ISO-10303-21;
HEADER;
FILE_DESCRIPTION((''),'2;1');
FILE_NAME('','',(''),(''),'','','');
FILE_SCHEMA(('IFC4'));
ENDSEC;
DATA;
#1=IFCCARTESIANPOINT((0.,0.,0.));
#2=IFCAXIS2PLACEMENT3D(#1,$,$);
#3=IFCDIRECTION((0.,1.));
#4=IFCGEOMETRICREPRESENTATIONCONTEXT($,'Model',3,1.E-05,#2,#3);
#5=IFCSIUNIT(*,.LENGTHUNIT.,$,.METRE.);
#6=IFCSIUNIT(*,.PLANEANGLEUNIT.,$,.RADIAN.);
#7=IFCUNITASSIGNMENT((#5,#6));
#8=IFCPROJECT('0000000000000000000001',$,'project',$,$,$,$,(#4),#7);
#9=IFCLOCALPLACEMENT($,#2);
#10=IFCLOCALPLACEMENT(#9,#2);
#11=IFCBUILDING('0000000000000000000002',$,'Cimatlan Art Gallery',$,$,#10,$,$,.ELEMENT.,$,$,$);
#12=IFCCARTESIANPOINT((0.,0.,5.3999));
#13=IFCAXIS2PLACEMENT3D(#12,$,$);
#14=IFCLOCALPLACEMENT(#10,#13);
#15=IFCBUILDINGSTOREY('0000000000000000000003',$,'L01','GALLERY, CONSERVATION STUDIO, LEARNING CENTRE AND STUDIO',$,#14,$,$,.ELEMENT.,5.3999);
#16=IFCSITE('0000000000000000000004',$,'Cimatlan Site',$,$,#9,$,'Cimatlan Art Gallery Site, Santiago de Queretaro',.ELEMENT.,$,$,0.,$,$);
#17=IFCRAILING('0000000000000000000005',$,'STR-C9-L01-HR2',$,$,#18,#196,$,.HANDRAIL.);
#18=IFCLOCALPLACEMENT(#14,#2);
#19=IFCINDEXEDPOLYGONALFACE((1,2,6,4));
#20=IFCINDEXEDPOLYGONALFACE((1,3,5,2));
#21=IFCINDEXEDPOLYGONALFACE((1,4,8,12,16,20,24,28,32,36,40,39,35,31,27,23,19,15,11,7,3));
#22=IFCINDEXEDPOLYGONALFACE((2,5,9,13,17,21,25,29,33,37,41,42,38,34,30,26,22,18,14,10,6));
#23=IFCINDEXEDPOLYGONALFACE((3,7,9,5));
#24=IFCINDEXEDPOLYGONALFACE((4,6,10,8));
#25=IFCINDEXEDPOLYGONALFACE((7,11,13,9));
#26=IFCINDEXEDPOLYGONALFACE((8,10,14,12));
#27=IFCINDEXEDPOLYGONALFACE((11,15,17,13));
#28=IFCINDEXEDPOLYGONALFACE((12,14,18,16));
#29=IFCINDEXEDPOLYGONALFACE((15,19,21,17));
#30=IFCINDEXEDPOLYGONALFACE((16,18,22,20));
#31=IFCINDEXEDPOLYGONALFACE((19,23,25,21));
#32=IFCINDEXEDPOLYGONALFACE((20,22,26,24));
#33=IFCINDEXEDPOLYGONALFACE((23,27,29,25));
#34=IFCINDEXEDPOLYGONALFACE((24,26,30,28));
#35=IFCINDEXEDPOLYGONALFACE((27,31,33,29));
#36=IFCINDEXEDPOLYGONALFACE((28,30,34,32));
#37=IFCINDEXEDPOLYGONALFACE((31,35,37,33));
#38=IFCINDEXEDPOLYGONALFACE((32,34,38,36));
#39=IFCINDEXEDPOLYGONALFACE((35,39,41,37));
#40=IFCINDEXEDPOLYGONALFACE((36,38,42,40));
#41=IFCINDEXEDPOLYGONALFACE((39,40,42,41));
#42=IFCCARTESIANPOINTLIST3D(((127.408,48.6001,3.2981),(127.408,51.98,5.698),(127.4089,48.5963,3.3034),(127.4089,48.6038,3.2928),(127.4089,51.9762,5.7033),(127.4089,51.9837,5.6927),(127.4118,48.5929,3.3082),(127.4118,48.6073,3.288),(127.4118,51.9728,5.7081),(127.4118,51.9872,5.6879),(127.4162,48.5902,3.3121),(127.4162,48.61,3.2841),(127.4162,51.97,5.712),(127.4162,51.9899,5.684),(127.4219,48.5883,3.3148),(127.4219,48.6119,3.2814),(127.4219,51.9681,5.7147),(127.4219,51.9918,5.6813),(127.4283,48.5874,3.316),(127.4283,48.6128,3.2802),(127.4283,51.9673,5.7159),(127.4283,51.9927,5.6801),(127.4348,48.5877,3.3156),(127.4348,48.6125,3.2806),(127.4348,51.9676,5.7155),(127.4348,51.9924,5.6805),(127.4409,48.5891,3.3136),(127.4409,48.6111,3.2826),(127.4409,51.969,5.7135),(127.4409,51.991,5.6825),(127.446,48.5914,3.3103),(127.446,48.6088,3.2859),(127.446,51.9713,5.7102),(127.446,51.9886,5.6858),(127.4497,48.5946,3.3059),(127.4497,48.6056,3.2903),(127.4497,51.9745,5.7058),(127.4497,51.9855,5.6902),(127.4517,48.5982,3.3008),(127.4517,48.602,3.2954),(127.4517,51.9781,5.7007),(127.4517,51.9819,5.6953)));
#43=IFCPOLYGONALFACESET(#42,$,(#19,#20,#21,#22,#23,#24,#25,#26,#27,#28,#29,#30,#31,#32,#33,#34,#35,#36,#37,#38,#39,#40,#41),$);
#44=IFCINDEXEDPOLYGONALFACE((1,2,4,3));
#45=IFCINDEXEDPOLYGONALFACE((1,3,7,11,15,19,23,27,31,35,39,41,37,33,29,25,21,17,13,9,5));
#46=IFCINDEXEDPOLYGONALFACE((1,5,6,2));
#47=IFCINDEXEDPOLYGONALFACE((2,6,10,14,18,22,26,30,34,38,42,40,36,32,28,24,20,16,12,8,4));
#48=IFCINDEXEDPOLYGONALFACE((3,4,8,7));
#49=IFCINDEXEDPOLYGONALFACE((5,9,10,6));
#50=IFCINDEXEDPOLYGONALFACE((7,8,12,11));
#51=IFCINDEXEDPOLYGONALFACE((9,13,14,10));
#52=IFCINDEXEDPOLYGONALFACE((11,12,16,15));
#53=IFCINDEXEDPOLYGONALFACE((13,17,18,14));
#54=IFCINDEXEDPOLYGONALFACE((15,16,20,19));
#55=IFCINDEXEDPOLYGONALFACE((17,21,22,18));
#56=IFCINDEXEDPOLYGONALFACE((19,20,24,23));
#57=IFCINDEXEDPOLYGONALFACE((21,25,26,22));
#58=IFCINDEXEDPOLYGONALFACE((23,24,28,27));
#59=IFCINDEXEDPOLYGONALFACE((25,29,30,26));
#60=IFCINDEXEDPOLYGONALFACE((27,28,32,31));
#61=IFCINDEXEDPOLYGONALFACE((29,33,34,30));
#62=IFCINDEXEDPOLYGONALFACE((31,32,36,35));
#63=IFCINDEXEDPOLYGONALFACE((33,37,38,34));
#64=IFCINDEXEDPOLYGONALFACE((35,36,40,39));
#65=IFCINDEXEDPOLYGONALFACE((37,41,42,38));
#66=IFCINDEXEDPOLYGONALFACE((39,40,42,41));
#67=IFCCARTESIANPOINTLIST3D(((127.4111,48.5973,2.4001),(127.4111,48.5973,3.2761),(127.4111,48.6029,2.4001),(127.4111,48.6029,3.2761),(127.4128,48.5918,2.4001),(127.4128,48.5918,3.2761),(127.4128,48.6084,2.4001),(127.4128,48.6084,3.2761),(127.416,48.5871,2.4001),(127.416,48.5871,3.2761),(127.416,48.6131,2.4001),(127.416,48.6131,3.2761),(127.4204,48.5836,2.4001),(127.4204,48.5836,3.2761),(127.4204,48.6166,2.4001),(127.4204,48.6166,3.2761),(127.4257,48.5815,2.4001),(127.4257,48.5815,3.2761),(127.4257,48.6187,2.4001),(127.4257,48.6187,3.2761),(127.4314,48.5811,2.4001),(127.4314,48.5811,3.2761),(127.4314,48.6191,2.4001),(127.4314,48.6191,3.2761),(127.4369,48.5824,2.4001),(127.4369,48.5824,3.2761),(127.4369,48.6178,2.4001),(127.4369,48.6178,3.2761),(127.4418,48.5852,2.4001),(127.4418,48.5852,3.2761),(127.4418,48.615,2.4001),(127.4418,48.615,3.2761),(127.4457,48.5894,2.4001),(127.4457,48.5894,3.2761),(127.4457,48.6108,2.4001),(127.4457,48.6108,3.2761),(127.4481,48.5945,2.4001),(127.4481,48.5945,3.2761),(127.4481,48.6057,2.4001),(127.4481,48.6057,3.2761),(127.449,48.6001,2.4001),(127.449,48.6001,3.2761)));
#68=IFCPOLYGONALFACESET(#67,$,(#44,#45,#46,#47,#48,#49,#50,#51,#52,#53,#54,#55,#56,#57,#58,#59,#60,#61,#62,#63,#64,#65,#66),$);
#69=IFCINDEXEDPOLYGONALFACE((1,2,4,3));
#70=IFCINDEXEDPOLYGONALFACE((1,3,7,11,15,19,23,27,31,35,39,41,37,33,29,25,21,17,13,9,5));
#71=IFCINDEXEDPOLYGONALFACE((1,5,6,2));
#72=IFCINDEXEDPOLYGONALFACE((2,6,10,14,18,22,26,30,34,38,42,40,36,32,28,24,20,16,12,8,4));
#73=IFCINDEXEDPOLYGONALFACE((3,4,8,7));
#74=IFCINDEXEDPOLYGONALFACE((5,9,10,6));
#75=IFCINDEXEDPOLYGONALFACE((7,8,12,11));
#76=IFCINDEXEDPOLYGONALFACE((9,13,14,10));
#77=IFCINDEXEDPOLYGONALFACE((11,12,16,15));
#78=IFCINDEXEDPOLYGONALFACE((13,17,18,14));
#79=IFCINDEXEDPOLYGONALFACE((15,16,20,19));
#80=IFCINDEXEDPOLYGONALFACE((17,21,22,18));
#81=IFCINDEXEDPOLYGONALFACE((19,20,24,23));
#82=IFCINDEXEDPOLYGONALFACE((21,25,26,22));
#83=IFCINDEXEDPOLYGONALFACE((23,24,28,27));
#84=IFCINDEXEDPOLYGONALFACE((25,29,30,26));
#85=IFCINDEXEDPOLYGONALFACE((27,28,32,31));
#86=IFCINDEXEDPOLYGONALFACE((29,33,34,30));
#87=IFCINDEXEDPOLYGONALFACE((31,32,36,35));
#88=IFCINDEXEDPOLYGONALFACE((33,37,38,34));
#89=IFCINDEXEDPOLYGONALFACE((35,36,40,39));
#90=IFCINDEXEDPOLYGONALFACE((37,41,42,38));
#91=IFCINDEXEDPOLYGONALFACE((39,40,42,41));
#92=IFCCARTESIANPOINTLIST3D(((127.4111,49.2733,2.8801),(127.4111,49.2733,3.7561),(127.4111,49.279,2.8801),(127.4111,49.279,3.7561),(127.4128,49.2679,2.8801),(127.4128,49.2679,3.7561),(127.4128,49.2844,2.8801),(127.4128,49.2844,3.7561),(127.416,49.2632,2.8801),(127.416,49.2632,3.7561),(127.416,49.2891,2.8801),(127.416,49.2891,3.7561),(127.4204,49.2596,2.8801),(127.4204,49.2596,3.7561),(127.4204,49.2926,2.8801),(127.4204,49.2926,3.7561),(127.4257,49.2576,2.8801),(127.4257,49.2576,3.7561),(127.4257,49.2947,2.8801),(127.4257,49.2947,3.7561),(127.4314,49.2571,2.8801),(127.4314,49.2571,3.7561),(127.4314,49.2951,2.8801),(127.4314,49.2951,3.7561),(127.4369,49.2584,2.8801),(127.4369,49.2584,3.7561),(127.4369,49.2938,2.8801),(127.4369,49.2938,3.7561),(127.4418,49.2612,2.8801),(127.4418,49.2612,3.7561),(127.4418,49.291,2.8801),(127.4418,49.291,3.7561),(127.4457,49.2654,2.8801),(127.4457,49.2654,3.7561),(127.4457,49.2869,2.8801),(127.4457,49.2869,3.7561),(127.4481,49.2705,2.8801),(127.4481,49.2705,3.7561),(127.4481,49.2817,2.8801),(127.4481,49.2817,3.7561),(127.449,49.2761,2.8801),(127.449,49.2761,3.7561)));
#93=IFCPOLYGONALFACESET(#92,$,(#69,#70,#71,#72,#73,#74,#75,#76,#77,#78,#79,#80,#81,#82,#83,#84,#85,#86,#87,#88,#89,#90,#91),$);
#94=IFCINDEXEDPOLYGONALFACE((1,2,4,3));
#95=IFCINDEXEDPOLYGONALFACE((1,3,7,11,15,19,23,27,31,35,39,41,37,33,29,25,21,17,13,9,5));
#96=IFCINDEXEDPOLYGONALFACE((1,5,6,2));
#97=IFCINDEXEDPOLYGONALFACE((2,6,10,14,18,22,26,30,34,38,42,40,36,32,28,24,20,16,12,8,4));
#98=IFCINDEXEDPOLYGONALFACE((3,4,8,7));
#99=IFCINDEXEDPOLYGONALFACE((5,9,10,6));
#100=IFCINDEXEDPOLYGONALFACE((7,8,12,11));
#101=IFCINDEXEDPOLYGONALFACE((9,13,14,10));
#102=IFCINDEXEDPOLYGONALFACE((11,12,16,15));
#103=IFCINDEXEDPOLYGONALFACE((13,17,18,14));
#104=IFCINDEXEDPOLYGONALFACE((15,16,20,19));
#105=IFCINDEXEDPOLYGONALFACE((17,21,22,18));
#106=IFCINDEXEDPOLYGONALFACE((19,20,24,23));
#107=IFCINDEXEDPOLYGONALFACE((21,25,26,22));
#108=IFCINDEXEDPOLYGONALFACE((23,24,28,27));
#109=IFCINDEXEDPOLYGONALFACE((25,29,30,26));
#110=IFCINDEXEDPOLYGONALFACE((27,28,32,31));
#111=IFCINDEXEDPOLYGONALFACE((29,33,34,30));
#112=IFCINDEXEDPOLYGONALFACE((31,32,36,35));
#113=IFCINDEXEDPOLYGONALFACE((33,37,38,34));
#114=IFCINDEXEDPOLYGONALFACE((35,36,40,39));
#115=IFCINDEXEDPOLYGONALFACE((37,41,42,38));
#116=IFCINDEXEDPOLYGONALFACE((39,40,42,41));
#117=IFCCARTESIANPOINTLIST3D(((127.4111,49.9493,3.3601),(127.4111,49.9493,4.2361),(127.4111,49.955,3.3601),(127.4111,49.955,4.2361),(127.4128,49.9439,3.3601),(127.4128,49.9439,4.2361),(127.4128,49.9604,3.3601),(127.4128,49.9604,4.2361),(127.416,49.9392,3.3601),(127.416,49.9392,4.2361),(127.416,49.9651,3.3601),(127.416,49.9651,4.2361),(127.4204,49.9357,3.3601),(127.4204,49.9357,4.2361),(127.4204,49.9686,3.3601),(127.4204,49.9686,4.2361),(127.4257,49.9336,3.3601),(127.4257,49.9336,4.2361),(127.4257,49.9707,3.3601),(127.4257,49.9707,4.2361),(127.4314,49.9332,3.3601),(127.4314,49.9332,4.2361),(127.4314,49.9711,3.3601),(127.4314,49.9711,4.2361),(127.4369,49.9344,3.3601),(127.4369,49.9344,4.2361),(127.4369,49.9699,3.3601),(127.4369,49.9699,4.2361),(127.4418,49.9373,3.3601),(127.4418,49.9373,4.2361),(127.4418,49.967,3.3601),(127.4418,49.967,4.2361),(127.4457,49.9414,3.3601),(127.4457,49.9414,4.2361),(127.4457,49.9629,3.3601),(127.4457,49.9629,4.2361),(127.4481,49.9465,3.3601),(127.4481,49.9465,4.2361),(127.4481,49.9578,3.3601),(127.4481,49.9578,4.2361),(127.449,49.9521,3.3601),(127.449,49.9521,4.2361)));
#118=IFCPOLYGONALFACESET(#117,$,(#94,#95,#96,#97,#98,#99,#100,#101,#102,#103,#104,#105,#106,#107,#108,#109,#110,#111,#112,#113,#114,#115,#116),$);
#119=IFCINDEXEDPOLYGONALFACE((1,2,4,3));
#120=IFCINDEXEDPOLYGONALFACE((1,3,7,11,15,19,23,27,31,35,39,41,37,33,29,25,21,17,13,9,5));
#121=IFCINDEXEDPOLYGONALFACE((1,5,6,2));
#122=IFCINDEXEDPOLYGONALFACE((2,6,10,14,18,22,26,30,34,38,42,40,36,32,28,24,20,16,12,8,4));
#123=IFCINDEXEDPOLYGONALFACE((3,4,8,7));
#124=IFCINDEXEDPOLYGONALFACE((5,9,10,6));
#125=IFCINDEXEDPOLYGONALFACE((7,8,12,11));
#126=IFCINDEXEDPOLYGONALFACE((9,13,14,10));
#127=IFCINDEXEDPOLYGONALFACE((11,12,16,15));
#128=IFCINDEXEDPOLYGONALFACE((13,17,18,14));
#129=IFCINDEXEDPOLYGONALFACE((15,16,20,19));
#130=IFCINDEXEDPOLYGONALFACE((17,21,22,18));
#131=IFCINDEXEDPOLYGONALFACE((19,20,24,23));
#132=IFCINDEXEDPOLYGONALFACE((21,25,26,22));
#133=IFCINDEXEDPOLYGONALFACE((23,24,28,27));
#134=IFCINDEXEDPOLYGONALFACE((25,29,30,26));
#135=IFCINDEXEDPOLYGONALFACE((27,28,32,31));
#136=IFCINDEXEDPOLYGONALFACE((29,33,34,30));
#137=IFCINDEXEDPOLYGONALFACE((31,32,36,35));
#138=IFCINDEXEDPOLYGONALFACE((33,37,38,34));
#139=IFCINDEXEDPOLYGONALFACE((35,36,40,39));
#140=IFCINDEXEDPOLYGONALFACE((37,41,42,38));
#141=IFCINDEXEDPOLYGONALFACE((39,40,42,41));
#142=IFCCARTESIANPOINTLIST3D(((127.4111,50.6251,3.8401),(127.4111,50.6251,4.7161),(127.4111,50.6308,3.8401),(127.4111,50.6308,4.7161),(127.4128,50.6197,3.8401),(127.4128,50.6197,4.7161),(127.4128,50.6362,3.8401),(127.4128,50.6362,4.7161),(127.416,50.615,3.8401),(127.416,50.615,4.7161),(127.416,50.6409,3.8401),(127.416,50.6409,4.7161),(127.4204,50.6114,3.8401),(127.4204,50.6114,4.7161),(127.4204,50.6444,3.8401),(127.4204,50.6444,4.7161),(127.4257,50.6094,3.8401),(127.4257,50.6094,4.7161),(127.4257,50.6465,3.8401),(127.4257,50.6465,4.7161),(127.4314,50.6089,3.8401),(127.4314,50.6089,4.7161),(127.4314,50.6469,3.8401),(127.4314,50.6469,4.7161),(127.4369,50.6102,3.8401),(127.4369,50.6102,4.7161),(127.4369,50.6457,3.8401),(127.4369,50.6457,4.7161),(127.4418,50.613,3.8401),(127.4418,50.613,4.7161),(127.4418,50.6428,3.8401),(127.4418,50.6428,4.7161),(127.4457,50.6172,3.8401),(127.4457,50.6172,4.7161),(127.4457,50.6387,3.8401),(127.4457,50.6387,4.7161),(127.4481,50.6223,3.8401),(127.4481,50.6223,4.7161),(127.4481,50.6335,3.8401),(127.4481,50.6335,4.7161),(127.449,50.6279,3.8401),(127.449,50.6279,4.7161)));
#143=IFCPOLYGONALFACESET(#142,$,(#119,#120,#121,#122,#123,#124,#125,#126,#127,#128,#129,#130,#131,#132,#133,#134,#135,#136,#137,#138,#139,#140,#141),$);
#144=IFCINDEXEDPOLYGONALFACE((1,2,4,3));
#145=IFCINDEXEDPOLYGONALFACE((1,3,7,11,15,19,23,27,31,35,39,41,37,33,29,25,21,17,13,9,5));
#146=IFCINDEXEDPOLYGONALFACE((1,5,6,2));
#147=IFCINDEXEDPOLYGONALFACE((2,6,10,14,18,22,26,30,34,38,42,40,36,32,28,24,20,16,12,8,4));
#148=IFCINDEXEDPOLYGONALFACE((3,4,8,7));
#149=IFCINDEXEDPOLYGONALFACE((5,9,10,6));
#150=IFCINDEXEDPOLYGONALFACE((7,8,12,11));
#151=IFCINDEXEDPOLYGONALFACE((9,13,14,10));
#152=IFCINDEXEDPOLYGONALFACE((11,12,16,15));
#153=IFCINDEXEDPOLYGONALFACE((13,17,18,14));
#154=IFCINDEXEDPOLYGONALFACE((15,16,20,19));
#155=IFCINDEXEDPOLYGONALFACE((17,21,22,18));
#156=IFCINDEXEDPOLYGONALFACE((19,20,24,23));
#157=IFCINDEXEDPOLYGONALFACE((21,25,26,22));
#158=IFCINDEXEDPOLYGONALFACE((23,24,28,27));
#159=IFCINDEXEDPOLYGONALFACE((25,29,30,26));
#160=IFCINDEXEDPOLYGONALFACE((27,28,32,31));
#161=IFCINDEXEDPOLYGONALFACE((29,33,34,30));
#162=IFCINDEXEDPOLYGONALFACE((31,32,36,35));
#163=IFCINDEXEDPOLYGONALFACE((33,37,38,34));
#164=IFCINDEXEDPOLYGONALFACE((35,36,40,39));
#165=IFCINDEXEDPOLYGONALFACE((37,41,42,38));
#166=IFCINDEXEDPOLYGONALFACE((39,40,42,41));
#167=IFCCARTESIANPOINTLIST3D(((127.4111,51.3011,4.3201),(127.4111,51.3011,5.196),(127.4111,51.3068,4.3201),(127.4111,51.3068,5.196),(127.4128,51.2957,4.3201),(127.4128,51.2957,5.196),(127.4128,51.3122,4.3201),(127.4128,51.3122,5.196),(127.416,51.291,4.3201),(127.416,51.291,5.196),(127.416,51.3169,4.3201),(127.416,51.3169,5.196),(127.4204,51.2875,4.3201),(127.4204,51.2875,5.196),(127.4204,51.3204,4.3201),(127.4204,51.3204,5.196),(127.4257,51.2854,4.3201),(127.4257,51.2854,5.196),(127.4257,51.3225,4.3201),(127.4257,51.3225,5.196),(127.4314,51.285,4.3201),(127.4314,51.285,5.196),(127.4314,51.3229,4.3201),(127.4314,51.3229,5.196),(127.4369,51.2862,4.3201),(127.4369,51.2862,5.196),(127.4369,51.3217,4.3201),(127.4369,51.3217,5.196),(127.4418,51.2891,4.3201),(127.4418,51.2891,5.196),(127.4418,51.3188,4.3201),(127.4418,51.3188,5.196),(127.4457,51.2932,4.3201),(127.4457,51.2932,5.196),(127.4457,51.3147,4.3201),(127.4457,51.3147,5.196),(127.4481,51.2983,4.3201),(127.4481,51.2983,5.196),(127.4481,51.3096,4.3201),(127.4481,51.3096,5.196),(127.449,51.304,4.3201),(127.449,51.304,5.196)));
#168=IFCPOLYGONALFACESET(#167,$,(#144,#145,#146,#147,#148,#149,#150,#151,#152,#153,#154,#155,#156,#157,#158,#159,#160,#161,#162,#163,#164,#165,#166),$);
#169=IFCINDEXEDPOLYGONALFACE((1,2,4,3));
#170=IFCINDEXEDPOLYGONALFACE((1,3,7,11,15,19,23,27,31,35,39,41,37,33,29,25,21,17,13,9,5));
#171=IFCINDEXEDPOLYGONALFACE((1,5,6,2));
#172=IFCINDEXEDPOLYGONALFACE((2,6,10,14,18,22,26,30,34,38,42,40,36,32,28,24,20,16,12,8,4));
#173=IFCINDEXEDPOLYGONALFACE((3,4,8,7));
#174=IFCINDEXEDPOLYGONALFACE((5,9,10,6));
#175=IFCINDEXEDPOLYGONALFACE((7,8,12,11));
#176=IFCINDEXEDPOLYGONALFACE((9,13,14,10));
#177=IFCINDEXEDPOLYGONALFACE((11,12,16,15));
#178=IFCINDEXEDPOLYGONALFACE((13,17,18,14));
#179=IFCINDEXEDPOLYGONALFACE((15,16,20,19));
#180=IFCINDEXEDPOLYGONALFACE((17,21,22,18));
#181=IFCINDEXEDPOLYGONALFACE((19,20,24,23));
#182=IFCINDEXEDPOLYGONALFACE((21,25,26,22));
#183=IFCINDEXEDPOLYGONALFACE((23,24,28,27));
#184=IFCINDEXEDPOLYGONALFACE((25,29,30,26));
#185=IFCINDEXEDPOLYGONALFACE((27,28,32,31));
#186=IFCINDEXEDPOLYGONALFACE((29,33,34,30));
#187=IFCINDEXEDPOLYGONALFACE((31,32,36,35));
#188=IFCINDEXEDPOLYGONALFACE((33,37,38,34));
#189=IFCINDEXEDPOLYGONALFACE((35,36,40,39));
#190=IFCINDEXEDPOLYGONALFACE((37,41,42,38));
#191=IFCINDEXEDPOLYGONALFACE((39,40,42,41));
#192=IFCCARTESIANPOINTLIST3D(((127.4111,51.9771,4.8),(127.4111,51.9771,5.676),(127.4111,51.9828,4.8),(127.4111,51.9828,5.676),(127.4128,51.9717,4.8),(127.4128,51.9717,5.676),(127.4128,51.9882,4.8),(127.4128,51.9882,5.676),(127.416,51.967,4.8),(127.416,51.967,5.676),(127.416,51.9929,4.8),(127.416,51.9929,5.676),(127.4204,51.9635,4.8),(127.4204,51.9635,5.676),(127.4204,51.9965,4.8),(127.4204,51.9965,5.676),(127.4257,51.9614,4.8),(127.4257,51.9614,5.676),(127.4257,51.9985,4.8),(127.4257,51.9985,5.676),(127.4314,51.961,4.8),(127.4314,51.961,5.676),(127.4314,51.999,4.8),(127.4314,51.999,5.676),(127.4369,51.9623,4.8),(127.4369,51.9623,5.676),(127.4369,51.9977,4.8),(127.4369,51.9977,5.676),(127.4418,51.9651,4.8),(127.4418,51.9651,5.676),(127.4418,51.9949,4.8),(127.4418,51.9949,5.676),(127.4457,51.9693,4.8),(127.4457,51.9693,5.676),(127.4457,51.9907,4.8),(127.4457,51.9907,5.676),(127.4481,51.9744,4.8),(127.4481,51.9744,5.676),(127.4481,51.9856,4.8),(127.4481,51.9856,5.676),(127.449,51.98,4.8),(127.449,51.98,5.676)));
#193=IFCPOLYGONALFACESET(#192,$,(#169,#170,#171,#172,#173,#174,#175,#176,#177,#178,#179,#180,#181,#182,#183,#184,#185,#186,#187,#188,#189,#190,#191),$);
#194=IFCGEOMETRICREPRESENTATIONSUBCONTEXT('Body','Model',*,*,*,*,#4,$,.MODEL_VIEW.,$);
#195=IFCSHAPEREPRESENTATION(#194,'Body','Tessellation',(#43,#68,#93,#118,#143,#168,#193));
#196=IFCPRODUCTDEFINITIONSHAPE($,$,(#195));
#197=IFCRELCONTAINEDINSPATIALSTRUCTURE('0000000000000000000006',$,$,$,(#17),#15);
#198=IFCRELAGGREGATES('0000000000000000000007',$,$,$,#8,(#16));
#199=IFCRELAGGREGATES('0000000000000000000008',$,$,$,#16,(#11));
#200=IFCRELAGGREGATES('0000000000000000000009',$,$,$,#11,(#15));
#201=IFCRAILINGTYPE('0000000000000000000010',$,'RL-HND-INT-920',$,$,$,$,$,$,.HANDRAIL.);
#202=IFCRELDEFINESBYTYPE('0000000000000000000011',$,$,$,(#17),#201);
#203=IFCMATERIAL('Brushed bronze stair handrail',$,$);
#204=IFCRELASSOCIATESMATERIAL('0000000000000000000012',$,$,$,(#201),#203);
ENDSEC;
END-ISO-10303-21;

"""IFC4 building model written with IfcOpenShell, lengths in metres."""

from ifc_helpers import new_model, si_unit, direction, frame, origin, origin_2d, place, context, subcontext, project, spatial, circle, extrude, material, type_object, element, save


model = new_model("IFC4")

# Units and contexts
model_context = context("Model", 3, precision=1e-05, world=origin(), true_north=direction((0.0, 1.0)))
body_context = subcontext(model_context, "Body", "Model", "MODEL_VIEW")
ifc_project = project(units=[si_unit("LENGTHUNIT", "METRE"), si_unit("PLANEANGLEUNIT", "RADIAN")], contexts=[model_context])

# Site, building, storey
site_placement = place(None, origin())
site = spatial("IfcSite", under=ifc_project, at=site_placement, Name="Cimatlan Site", LongName="Cimatlan Art Gallery Site, Santiago de Queretaro", CompositionType="ELEMENT", RefElevation=0.0)
building_placement = place(site_placement, origin())
building = spatial("IfcBuilding", under=site, at=building_placement, Name="Cimatlan Art Gallery", CompositionType="ELEMENT")
storey_placement = place(building_placement, frame((0.0, 0.0, 5.3999)))
storey = spatial("IfcBuildingStorey", under=building, at=storey_placement, Name="L01", Description="GALLERY, CONSERVATION STUDIO, LEARNING CENTRE AND STUDIO", CompositionType="ELEMENT", Elevation=5.3999)

# Railing
ifc_material_1 = material(Name="Brushed bronze stair handrail")
railing_type_1 = type_object("IfcRailingType", Name="RL-HND-INT-920", PredefinedType="HANDRAIL", material=ifc_material_1)
railing_1_placement = place(storey_placement, frame((127.4299, 48.6001, 2.4001)))
element("IfcRailing", 1, at=railing_1_placement, inside=storey, type_object=railing_type_1, Name="STR-C9-L01-HR2", PredefinedType="HANDRAIL", context=body_context, shape_type="SweptSolid", body=[
    extrude(circle(Radius=0.022, at=origin_2d()), frame((0.0, 0.0, 0.8979), z_axis=(0.0, 0.815362, 0.578952), x_axis=(-1.0, 0.0, 0.0)), (0.0, 0.0, 1.0), 4.1453),
    extrude(circle(Radius=0.019, at=origin_2d()), origin(), (0.0, 0.0, 1.0), 0.876),
    extrude(circle(Radius=0.019, at=origin_2d()), frame((0.0, 0.676, 0.48)), (0.0, 0.0, 1.0), 0.876),
    extrude(circle(Radius=0.019, at=origin_2d()), frame((0.0, 1.3521, 0.96)), (0.0, 0.0, 1.0), 0.876),
    extrude(circle(Radius=0.019, at=origin_2d()), frame((0.0, 2.0278, 1.4399)), (0.0, 0.0, 1.0), 0.876),
    extrude(circle(Radius=0.019, at=origin_2d()), frame((0.0, 2.7039, 1.9199)), (0.0, 0.0, 1.0), 0.876),
    extrude(circle(Radius=0.019, at=origin_2d()), frame((0.0, 3.3799, 2.3999)), (0.0, 0.0, 1.0), 0.876),
])

save(model, "model.ifc")
